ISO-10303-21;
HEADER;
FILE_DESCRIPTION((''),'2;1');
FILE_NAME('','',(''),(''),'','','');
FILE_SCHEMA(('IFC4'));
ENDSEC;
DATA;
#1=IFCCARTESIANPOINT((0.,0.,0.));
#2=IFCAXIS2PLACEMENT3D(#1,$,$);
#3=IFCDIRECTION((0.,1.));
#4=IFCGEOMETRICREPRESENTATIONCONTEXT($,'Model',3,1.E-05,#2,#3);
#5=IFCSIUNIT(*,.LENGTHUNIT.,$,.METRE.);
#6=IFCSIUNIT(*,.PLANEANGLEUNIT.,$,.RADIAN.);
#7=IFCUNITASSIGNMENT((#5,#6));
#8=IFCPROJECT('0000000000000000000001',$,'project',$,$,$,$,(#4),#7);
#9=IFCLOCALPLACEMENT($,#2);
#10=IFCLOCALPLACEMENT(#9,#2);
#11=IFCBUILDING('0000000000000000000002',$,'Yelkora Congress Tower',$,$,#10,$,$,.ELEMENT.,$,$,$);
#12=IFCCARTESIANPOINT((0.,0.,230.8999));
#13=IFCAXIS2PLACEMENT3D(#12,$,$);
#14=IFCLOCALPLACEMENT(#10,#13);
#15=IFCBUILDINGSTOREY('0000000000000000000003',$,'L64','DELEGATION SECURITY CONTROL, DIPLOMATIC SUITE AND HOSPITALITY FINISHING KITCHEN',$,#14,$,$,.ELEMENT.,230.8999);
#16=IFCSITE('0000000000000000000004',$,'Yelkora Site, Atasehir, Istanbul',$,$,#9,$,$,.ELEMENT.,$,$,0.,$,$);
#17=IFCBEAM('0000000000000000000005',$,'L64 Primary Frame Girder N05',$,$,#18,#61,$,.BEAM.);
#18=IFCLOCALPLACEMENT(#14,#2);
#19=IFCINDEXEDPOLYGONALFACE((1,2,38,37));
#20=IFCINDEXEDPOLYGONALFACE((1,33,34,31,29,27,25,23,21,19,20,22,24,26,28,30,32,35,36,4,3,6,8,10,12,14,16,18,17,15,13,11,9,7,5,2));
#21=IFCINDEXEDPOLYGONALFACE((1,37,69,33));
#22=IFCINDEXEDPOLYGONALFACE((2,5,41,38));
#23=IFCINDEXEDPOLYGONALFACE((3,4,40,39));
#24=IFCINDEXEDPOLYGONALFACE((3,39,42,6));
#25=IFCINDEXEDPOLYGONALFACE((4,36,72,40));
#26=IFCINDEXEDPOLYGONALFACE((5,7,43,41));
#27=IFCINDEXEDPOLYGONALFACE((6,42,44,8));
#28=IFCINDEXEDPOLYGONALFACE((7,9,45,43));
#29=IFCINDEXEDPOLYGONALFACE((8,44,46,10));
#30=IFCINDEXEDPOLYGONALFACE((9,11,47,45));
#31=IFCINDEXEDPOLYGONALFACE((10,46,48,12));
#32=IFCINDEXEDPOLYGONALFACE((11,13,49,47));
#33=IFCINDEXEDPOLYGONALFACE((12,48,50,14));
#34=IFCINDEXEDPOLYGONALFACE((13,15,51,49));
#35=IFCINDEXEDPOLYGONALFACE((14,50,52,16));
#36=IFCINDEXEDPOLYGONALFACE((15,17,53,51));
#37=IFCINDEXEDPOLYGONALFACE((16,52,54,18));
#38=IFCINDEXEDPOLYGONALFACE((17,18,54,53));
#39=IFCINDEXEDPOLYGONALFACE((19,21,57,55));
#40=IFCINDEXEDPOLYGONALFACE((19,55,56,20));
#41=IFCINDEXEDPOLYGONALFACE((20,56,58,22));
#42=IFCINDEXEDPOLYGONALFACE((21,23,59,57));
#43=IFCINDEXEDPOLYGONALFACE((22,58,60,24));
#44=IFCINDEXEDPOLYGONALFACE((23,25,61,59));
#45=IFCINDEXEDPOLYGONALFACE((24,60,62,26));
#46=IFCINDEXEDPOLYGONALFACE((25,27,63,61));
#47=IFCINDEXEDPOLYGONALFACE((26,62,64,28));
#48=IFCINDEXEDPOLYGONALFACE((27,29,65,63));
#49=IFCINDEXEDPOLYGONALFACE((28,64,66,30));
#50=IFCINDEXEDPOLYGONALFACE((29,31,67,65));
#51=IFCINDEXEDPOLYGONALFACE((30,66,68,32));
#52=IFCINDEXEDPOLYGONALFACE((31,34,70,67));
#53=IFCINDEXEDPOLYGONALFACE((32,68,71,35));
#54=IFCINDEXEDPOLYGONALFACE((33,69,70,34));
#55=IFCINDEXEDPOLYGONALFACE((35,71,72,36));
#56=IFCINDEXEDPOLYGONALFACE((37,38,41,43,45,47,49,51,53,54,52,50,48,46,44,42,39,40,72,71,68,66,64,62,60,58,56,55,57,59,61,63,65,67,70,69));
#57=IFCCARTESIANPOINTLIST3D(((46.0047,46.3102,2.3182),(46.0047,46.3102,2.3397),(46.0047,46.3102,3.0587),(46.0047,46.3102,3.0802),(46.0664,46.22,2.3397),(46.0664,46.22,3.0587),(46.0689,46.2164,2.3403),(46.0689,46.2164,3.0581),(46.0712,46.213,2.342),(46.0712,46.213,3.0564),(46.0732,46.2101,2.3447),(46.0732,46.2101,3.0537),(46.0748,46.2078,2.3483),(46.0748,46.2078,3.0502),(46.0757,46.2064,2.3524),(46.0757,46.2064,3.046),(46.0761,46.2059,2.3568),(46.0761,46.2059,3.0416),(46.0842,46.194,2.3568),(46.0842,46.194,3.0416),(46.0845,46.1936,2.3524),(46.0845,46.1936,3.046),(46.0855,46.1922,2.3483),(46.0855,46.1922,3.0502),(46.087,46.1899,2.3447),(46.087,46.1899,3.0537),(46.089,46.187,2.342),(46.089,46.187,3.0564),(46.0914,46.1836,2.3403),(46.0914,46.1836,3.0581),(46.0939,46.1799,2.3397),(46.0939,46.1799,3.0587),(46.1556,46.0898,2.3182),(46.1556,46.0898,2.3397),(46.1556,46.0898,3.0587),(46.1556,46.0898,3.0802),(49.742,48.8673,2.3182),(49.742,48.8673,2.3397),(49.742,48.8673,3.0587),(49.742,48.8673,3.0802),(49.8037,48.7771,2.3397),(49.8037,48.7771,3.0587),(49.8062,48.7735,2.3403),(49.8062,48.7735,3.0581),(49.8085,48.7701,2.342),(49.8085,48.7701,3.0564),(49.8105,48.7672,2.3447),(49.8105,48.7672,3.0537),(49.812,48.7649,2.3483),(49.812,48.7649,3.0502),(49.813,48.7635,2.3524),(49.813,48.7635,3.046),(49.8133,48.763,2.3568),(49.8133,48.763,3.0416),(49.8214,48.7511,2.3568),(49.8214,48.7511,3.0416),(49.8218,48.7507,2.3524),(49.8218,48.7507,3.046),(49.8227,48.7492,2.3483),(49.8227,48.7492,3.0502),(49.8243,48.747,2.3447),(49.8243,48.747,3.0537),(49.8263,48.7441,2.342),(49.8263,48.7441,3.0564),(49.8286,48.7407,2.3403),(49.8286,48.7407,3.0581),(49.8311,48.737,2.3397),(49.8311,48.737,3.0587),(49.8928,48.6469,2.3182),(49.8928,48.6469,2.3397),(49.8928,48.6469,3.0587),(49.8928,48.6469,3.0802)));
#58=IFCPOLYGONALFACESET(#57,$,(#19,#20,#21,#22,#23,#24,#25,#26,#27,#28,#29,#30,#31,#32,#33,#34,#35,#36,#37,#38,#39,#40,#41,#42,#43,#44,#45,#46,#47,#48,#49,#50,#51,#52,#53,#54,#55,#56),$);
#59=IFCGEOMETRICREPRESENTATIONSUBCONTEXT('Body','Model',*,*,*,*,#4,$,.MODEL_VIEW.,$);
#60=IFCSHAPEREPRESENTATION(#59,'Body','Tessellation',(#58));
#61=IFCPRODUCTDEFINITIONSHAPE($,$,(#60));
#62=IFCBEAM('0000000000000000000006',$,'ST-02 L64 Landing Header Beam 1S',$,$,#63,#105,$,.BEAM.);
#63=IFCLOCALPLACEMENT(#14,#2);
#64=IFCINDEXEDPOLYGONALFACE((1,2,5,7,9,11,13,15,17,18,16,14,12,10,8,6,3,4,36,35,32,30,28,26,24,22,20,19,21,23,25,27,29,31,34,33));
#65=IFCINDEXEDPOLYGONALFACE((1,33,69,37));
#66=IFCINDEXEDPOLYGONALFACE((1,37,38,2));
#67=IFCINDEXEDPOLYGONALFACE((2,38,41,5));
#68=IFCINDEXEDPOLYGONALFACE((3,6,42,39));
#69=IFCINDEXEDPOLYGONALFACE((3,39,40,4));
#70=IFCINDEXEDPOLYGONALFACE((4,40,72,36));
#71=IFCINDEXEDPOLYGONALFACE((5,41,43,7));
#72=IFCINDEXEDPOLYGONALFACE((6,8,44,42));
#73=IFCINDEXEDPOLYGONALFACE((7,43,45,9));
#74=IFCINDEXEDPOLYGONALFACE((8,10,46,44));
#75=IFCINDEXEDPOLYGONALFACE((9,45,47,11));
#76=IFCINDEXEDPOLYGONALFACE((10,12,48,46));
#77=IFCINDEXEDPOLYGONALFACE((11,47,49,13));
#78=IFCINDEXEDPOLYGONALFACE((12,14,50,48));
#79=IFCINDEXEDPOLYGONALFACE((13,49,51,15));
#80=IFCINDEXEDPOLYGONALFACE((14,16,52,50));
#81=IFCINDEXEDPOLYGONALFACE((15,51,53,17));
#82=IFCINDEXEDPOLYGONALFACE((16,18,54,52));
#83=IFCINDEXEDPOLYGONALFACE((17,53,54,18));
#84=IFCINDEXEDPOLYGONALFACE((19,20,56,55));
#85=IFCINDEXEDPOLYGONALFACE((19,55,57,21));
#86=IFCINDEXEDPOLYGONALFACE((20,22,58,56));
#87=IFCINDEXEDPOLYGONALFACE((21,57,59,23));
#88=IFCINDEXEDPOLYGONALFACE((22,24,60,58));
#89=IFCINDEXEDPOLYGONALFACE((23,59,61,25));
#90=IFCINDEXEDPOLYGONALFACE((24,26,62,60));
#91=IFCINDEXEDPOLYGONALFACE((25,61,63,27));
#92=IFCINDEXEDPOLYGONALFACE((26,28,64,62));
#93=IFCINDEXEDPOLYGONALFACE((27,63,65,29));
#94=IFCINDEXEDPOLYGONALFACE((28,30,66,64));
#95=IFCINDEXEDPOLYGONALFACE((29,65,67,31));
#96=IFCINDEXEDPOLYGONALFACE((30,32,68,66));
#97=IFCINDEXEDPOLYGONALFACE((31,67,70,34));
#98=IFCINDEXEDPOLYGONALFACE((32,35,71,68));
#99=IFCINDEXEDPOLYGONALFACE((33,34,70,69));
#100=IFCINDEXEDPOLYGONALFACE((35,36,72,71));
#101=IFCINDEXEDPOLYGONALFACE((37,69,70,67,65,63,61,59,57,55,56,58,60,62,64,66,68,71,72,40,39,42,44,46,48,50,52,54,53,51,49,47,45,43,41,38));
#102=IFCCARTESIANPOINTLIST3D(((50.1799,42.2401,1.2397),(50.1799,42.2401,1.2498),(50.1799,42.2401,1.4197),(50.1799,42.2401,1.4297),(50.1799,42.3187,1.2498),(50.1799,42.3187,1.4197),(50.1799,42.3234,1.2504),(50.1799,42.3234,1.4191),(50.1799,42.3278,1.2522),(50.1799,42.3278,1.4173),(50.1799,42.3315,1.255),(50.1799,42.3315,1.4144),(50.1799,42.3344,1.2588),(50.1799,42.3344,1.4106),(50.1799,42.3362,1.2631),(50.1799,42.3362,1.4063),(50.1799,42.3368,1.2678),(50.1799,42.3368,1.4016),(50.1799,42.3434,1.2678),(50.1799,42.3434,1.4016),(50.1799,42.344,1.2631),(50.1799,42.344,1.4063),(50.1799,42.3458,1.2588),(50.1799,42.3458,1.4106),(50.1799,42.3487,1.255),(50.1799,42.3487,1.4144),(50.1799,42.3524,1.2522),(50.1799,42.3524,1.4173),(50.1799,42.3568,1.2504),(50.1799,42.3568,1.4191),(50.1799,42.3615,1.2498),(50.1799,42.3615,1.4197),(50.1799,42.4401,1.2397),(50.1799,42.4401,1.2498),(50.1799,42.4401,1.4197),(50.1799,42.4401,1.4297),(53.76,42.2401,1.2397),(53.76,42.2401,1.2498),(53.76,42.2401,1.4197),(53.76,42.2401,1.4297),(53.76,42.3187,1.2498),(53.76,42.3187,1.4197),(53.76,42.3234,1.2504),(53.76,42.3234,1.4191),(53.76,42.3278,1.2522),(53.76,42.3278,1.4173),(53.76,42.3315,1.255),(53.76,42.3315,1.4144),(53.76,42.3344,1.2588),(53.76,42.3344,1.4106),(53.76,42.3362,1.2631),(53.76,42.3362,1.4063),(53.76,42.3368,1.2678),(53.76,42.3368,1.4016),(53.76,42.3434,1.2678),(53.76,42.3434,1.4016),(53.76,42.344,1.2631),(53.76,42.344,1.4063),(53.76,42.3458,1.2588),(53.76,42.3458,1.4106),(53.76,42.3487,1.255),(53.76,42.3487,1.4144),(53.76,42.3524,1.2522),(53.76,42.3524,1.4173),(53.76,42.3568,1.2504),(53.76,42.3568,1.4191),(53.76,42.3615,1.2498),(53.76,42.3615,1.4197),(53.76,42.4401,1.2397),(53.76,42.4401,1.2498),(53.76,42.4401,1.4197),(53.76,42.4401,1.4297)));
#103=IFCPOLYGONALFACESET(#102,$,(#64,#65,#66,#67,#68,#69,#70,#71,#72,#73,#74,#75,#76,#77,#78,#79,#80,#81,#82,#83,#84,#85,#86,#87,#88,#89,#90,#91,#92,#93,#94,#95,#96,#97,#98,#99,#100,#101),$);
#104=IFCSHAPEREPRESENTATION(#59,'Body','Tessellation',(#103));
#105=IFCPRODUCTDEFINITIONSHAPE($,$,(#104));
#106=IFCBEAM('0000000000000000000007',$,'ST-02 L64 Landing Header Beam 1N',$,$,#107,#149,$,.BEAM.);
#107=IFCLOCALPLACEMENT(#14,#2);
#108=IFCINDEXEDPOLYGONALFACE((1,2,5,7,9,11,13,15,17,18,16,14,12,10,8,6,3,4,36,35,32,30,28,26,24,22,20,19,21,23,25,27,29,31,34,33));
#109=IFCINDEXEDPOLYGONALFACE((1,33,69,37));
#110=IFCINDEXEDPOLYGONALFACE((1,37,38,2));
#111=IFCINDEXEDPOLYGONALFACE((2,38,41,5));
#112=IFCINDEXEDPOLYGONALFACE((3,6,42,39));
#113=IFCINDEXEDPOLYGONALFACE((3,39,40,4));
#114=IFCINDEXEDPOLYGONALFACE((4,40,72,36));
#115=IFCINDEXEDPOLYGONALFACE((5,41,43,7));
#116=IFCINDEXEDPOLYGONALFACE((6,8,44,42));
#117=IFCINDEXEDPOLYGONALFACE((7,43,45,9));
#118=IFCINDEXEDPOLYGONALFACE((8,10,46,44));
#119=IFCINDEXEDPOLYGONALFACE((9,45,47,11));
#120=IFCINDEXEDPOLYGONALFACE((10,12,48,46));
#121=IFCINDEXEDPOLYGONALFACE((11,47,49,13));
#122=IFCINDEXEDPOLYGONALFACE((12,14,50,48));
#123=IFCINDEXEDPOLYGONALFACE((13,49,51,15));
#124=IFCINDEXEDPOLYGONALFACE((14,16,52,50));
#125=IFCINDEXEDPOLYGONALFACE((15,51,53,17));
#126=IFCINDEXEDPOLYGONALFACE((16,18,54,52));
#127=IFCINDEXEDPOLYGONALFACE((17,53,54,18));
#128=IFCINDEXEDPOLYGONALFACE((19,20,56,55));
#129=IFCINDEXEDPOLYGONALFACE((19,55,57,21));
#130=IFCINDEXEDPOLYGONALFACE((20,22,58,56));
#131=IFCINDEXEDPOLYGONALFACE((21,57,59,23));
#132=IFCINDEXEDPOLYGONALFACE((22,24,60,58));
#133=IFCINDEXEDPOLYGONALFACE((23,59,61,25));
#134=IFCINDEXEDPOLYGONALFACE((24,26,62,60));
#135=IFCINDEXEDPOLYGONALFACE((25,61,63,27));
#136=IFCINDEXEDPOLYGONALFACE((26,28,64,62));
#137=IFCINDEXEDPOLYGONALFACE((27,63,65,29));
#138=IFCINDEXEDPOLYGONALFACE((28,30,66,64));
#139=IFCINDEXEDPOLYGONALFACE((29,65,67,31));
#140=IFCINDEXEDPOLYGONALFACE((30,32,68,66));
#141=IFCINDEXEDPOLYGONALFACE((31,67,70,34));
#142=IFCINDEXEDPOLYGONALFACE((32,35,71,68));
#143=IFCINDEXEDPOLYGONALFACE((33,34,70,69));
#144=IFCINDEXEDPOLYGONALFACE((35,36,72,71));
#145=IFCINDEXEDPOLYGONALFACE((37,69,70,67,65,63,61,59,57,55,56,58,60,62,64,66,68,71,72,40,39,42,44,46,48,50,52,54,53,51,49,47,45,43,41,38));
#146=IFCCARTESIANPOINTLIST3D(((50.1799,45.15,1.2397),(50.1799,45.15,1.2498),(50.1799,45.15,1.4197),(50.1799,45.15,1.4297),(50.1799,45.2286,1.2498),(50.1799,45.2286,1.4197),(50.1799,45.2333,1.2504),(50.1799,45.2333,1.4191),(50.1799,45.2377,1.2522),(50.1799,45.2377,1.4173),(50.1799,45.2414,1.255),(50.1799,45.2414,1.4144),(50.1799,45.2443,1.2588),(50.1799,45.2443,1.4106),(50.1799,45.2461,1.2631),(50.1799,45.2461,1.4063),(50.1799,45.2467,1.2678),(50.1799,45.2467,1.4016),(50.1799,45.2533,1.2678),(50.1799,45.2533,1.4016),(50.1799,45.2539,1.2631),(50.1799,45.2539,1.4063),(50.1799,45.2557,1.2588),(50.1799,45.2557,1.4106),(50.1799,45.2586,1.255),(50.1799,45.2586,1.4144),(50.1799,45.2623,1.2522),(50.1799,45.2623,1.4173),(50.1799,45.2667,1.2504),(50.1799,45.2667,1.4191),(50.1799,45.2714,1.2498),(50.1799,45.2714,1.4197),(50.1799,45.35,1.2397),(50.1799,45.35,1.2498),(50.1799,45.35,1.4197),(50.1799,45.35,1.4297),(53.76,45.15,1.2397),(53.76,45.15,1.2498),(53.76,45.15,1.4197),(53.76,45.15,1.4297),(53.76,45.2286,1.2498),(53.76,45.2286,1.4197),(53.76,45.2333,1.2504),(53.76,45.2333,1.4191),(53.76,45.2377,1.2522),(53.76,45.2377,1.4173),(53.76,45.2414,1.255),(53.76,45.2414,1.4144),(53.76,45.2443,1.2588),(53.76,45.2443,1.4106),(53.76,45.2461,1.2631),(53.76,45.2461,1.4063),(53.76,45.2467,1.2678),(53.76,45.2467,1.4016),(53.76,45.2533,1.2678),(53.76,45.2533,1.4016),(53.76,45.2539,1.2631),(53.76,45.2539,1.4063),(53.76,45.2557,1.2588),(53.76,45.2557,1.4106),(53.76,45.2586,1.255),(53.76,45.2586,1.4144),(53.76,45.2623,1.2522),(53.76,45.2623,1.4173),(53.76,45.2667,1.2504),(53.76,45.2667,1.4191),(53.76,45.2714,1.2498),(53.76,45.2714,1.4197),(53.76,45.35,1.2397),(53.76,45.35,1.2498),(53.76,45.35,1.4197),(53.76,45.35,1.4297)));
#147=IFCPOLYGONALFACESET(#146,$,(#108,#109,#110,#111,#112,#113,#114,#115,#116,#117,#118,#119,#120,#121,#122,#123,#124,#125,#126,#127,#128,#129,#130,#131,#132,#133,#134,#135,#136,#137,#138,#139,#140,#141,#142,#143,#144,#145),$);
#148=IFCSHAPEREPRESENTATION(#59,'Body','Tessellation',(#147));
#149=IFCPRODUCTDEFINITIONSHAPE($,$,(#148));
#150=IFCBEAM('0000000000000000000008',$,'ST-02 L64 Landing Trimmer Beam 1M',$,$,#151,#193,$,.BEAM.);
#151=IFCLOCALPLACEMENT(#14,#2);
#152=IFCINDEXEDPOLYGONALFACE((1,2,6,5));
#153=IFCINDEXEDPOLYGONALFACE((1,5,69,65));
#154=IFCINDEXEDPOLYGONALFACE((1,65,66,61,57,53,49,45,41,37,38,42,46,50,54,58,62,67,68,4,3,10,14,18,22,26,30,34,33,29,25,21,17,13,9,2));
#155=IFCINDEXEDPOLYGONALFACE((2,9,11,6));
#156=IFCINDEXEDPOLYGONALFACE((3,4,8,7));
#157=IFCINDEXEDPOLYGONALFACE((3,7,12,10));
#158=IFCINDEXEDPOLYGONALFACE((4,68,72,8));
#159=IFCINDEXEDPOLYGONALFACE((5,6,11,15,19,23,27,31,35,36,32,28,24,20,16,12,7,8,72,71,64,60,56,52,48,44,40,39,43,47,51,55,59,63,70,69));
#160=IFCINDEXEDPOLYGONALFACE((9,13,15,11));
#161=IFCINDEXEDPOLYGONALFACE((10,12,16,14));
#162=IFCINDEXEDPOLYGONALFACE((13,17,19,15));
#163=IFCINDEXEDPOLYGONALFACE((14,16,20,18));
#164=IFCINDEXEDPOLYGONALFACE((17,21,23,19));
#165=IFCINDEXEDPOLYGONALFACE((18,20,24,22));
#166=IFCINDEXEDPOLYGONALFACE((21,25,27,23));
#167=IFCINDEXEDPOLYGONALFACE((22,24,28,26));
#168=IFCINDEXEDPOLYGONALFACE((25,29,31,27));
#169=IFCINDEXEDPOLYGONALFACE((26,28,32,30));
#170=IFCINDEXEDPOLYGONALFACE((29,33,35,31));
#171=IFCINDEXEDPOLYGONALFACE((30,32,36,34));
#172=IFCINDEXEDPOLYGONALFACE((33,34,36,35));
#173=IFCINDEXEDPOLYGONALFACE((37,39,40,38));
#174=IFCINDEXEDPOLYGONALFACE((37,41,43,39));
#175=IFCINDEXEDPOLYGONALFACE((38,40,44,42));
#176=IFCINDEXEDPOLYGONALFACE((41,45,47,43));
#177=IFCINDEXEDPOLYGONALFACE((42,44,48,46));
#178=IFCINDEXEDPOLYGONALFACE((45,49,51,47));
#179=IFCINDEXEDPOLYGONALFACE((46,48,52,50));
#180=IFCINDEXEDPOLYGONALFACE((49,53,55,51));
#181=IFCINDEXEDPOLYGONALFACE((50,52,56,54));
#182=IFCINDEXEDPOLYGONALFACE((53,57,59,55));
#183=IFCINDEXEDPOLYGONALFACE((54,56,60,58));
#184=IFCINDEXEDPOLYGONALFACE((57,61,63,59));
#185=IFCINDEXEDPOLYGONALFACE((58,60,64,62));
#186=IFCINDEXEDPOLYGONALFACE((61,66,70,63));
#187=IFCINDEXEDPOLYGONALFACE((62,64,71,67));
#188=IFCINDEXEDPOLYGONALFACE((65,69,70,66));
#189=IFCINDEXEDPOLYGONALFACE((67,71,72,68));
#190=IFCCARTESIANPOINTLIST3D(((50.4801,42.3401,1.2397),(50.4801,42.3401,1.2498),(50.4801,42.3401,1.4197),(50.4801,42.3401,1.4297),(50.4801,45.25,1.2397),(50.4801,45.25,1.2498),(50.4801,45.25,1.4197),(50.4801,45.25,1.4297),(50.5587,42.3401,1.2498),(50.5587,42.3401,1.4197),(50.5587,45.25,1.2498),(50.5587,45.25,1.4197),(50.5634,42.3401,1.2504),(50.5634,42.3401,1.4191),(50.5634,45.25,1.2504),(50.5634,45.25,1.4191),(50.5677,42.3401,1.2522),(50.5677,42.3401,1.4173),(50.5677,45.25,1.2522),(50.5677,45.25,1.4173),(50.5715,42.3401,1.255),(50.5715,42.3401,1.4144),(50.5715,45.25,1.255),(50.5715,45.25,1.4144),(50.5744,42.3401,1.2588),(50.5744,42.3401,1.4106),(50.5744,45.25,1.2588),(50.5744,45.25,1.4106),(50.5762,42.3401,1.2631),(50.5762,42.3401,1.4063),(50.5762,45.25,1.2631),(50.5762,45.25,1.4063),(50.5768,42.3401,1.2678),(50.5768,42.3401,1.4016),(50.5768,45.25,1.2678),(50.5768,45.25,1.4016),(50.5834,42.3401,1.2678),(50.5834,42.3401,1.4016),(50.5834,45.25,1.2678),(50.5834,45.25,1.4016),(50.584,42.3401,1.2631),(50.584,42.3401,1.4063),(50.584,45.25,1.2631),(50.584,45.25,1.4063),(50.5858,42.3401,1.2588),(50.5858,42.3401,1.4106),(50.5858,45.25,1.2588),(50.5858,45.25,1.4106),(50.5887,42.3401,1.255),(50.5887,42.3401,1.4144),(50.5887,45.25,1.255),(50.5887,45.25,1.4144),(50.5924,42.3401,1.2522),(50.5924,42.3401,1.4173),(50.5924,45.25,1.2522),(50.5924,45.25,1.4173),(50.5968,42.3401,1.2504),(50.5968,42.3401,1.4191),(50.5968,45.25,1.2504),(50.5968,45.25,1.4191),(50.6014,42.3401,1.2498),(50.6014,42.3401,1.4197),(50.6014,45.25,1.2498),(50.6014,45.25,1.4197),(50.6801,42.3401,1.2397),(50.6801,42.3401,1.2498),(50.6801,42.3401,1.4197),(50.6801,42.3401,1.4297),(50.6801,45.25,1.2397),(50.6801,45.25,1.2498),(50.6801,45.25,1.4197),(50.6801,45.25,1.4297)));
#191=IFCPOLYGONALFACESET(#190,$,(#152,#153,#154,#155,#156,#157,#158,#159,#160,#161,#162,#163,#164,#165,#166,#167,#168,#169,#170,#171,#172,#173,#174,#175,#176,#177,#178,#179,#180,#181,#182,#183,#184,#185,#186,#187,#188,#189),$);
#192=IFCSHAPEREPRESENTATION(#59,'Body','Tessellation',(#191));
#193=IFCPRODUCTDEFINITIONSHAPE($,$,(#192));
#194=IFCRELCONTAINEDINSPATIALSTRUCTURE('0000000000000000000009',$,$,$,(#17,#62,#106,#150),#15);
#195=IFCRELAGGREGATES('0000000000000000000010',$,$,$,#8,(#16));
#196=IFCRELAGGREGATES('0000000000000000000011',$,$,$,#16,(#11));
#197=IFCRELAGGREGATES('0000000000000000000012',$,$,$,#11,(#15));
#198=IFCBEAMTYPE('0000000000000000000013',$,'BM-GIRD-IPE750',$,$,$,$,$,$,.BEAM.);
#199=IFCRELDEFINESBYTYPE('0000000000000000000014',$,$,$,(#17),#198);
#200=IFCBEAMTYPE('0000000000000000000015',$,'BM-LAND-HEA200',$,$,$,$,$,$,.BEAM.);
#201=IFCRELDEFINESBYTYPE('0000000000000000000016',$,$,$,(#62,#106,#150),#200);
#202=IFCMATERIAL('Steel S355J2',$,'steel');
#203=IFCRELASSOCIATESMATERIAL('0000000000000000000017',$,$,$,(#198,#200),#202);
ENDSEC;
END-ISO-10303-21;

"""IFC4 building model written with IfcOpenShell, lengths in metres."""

from ifc_helpers import new_model, si_unit, direction, frame, origin, origin_2d, place, context, subcontext, project, spatial, i_section, extrude, material, material_profile, profile_set, type_object, element, save


model = new_model("IFC4")

# Units and contexts
model_context = context("Model", 3, precision=1e-05, world=origin(), true_north=direction((0.0, 1.0)))
body_context = subcontext(model_context, "Body", "Model", "MODEL_VIEW")
ifc_project = project(units=[si_unit("LENGTHUNIT", "METRE"), si_unit("PLANEANGLEUNIT", "RADIAN")], contexts=[model_context])

# Site, building, storey
site_placement = place(None, origin())
site = spatial("IfcSite", under=ifc_project, at=site_placement, Name="Yelkora Site, Atasehir, Istanbul", CompositionType="ELEMENT", RefElevation=0.0)
building_placement = place(site_placement, origin())
building = spatial("IfcBuilding", under=site, at=building_placement, Name="Yelkora Congress Tower", CompositionType="ELEMENT")
storey_placement = place(building_placement, frame((0.0, 0.0, 230.8999)))
storey = spatial("IfcBuildingStorey", under=building, at=storey_placement, Name="L64", Description="DELEGATION SECURITY CONTROL, DIPLOMATIC SUITE AND HOSPITALITY FINISHING KITCHEN", CompositionType="ELEMENT", Elevation=230.8999)

# Shared definitions
ifc_material_1 = material(Name="Steel S355J2", Category="steel")

# Beams
ifc_material_profile_1 = material_profile(ifc_material_1, i_section(OverallWidth=0.2671, OverallDepth=0.762, WebThickness=0.0144, FlangeThickness=0.0215, FilletRadius=0.0171, at=origin_2d()), Name="IPE 750x173")
ifc_profile_set_1 = profile_set([ifc_material_profile_1], Name="Steel S355J2")
beam_type_1 = type_object("IfcBeamType", Name="BM-GIRD-IPE750", PredefinedType="BEAM", material=ifc_profile_set_1)
beam_1_placement = place(storey_placement, frame((49.8174, 48.7571, 2.6992), z_axis=(-0.825305, -0.564688, 0.0), x_axis=(0.564688, -0.825305, 0.0)))
element("IfcBeam", 1, at=beam_1_placement, inside=storey, type_object=beam_type_1, Name="L64 Primary Frame Girder N05", PredefinedType="BEAM", context=body_context, shape_type="SweptSolid", body=[
    extrude(i_section(OverallWidth=0.2671, OverallDepth=0.762, WebThickness=0.0144, FlangeThickness=0.0215, FilletRadius=0.0171, at=origin_2d()), origin(), (0.0, 0.0, 1.0), 4.5283),
])
ifc_material_profile_2 = material_profile(ifc_material_1, i_section(OverallWidth=0.2, OverallDepth=0.1899, WebThickness=0.0066, FlangeThickness=0.01, FilletRadius=0.0181, at=origin_2d()), Name="HEA 200")
ifc_profile_set_2 = profile_set([ifc_material_profile_2], Name="Steel S355J2")
beam_type_2 = type_object("IfcBeamType", Name="BM-LAND-HEA200", PredefinedType="BEAM", material=ifc_profile_set_2)
for number, where, z_axis, x_axis, name in (
    (2, (50.1799, 42.3401, 1.3347), (1.0, 0.0, 0.0), (0.0, 1.0, 0.0), "ST-02 L64 Landing Header Beam 1S"),
    (3, (50.1799, 45.25, 1.3347), (1.0, 0.0, 0.0), (0.0, 1.0, 0.0), "ST-02 L64 Landing Header Beam 1N"),
):
    element("IfcBeam", number, at=place(storey_placement, frame(where, z_axis=z_axis, x_axis=x_axis)), inside=storey, type_object=beam_type_2, Name=name, PredefinedType="BEAM", context=body_context, shape_type="SweptSolid", body=[
        extrude(i_section(OverallWidth=0.2, OverallDepth=0.1899, WebThickness=0.0066, FlangeThickness=0.01, FilletRadius=0.0181, at=origin_2d()), origin(), (0.0, 0.0, 1.0), 3.5801),
    ])
beam_2_placement = place(storey_placement, frame((50.5801, 42.3401, 1.3347), z_axis=(0.0, 1.0, 0.0), x_axis=(-1.0, 0.0, 0.0)))
element("IfcBeam", 4, at=beam_2_placement, inside=storey, type_object=beam_type_2, Name="ST-02 L64 Landing Trimmer Beam 1M", PredefinedType="BEAM", context=body_context, shape_type="SweptSolid", body=[
    extrude(i_section(OverallWidth=0.2, OverallDepth=0.1899, WebThickness=0.0066, FlangeThickness=0.01, FilletRadius=0.0181, at=origin_2d()), origin(), (0.0, 0.0, 1.0), 2.9099),
])

save(model, "model.ifc")
